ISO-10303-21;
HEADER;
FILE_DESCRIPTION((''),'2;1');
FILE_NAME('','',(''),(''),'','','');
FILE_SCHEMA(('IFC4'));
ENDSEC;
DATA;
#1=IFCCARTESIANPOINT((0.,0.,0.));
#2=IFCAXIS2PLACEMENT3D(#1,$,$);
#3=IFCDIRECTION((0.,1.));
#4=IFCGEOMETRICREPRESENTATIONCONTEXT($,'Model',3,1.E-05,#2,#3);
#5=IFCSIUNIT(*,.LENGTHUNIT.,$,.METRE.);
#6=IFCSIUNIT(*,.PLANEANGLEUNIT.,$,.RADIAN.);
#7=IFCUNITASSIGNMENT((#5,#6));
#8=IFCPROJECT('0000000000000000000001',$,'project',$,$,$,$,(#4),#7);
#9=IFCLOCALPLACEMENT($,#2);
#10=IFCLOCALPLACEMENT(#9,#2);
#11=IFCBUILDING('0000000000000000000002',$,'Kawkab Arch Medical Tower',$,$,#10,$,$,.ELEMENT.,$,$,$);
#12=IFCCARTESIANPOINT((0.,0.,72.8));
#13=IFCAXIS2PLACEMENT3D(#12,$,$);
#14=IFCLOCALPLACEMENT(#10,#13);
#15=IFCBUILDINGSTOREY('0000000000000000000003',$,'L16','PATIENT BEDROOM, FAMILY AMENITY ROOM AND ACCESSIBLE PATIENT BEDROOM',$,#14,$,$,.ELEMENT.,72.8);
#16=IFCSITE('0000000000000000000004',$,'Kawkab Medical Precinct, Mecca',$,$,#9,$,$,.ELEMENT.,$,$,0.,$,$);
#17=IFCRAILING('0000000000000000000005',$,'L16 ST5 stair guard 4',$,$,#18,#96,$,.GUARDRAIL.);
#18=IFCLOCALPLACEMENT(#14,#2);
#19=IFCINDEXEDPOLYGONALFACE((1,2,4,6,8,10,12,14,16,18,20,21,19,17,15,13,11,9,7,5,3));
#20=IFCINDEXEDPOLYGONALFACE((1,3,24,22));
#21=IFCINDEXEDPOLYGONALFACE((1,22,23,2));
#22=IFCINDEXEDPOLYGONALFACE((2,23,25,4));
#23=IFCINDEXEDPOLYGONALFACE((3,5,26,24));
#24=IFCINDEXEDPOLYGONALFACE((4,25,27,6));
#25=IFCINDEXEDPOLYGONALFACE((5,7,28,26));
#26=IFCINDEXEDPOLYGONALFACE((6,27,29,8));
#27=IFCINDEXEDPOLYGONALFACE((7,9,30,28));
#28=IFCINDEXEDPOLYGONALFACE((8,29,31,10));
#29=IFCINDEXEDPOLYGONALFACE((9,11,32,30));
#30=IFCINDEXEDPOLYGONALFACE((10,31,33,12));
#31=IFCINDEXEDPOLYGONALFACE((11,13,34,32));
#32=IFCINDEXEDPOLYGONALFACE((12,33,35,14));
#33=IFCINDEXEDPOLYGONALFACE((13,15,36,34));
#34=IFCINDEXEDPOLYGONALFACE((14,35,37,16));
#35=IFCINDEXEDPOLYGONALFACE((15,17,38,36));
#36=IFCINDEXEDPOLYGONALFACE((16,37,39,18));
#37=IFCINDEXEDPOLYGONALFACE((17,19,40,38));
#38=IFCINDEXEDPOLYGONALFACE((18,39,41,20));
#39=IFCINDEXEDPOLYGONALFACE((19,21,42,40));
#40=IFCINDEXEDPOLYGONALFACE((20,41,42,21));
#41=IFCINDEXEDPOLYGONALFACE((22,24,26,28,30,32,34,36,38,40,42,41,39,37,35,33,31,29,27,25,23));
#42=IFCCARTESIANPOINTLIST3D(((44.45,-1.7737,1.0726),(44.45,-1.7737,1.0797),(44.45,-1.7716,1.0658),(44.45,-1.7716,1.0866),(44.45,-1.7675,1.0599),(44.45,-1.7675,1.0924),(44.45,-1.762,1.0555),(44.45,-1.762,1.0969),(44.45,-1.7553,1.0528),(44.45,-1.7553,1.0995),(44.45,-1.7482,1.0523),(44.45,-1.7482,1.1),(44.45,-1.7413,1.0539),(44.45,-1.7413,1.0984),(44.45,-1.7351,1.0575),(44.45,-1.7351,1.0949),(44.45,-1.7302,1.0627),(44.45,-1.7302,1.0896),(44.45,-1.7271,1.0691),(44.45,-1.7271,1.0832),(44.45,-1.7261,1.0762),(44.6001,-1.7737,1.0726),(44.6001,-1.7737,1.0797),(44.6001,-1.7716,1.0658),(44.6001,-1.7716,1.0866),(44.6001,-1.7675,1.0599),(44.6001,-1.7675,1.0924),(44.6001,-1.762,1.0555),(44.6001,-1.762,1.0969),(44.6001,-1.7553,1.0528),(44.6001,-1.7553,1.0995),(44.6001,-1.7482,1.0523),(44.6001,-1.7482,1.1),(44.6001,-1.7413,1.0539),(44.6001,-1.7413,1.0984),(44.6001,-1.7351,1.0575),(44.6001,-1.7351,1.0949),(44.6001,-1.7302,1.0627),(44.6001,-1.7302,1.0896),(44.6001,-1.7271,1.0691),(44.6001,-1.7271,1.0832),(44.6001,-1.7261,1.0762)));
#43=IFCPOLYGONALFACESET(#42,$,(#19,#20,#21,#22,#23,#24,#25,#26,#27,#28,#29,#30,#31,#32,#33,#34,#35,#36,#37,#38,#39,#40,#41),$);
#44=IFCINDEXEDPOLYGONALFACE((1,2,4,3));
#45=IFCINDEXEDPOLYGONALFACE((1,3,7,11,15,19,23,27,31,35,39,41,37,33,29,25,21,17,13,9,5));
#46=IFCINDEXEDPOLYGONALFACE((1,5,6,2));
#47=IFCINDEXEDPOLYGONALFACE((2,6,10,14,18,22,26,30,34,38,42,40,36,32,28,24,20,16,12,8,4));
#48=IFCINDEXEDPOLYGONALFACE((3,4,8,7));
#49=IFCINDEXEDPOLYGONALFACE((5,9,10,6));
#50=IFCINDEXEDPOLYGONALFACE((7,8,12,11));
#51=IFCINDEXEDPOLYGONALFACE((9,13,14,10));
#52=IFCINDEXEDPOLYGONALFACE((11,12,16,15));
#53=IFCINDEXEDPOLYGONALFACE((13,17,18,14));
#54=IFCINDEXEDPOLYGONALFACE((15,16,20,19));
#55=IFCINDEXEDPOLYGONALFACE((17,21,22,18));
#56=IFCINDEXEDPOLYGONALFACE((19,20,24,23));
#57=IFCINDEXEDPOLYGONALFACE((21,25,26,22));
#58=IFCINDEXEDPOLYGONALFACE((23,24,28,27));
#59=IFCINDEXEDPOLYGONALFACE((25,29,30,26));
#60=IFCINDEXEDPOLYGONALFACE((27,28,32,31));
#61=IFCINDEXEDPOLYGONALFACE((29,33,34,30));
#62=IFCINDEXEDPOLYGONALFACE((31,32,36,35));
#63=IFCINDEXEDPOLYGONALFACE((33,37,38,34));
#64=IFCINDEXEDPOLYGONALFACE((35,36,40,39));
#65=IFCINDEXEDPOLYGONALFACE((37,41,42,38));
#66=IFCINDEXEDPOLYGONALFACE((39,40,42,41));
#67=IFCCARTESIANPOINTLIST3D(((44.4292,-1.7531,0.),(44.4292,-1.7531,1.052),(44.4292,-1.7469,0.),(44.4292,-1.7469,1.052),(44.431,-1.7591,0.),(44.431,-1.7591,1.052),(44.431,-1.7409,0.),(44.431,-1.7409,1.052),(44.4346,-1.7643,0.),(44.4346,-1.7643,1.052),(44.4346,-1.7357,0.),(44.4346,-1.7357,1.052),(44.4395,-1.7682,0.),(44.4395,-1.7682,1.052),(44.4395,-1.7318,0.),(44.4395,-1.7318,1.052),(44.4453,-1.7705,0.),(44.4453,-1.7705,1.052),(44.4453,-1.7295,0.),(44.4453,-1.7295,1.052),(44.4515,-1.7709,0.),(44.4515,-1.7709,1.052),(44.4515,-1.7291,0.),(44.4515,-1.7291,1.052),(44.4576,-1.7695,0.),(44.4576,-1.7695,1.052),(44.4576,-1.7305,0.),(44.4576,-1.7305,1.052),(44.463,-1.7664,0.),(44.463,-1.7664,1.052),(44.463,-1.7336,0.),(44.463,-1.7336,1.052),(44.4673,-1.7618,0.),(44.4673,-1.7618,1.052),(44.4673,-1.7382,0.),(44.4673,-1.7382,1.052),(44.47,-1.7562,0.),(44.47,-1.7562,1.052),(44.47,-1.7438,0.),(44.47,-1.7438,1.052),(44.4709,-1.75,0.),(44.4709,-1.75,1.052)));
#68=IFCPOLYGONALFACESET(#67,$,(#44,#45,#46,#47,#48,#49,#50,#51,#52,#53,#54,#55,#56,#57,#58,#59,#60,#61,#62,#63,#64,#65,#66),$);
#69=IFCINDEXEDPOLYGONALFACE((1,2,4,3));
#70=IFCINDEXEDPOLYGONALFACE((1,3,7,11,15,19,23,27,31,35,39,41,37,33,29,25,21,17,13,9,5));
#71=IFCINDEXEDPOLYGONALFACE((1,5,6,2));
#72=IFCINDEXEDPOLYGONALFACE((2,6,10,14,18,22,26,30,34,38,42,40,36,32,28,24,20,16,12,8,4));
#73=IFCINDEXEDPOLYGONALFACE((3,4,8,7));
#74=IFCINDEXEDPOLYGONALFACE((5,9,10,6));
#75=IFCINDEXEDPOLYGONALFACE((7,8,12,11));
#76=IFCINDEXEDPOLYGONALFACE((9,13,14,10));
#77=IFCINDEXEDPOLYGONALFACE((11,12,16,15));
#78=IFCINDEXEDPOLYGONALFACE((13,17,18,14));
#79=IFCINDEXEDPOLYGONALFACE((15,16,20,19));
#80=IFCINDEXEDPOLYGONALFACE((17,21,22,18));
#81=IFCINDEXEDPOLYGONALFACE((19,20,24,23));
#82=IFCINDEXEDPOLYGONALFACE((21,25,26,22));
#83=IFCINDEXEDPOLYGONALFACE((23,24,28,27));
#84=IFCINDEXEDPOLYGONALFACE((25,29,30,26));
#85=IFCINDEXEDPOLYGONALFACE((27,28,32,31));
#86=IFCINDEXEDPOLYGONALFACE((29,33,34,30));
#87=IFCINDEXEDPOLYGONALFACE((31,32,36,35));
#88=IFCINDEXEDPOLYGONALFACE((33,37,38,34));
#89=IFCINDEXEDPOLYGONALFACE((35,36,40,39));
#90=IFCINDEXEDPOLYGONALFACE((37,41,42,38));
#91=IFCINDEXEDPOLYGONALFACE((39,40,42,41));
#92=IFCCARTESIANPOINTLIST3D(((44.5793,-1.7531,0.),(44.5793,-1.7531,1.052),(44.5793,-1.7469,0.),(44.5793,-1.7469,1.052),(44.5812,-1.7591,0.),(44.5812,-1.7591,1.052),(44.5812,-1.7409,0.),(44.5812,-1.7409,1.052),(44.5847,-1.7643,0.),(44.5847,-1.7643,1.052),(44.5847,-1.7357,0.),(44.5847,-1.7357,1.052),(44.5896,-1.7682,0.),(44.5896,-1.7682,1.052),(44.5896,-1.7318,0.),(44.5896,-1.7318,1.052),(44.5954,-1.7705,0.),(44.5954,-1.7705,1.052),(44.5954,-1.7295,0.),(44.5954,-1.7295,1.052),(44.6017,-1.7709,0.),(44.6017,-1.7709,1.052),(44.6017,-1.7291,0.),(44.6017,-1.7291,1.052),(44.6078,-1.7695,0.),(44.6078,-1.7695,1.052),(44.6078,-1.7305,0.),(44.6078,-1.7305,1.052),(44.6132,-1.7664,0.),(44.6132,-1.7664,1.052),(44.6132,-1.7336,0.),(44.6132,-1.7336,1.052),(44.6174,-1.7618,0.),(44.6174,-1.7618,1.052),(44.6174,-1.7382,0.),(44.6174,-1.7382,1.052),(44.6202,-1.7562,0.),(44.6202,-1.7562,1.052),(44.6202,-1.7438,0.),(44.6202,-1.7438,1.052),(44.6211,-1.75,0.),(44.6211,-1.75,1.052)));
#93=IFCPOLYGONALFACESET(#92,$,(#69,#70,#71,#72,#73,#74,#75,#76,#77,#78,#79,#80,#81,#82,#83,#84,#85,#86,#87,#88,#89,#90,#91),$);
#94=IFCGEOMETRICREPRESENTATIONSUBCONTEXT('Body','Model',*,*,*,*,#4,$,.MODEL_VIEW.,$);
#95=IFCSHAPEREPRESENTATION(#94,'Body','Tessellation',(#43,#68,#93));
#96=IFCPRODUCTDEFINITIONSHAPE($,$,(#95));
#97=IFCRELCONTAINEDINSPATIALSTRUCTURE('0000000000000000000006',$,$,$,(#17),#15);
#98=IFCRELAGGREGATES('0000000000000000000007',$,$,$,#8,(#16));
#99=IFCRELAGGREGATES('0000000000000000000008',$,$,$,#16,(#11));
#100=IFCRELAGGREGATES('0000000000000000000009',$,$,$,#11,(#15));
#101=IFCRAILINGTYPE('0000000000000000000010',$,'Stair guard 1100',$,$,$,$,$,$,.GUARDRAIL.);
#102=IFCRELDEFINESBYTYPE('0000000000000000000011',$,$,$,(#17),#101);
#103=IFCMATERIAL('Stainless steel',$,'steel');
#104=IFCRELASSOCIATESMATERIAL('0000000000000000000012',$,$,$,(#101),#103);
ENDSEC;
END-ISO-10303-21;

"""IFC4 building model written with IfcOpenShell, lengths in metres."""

from ifc_helpers import new_model, si_unit, direction, frame, origin, origin_2d, place, context, subcontext, project, spatial, circle, extrude, material, type_object, element, save


model = new_model("IFC4")

# Units and contexts
model_context = context("Model", 3, precision=1e-05, world=origin(), true_north=direction((0.0, 1.0)))
body_context = subcontext(model_context, "Body", "Model", "MODEL_VIEW")
ifc_project = project(units=[si_unit("LENGTHUNIT", "METRE"), si_unit("PLANEANGLEUNIT", "RADIAN")], contexts=[model_context])

# Site, building, storey
site_placement = place(None, origin())
site = spatial("IfcSite", under=ifc_project, at=site_placement, Name="Kawkab Medical Precinct, Mecca", CompositionType="ELEMENT", RefElevation=0.0)
building_placement = place(site_placement, origin())
building = spatial("IfcBuilding", under=site, at=building_placement, Name="Kawkab Arch Medical Tower", CompositionType="ELEMENT")
storey_placement = place(building_placement, frame((0.0, 0.0, 72.8)))
storey = spatial("IfcBuildingStorey", under=building, at=storey_placement, Name="L16", Description="PATIENT BEDROOM, FAMILY AMENITY ROOM AND ACCESSIBLE PATIENT BEDROOM", CompositionType="ELEMENT", Elevation=72.8)

# Railing
ifc_material_1 = material(Name="Stainless steel", Category="steel")
railing_type_1 = type_object("IfcRailingType", Name="Stair guard 1100", PredefinedType="GUARDRAIL", material=ifc_material_1)
railing_1_placement = place(storey_placement, frame((44.45, -1.75, 0.0)))
element("IfcRailing", 1, at=railing_1_placement, inside=storey, type_object=railing_type_1, Name="L16 ST5 stair guard 4", PredefinedType="GUARDRAIL", context=body_context, shape_type="SweptSolid", body=[
    extrude(circle(Radius=0.0239, at=origin_2d()), frame((0.0, 0.0, 1.0762), z_axis=(1.0, 0.0, 0.0), x_axis=(0.0, 1.0, 0.0)), (0.0, 0.0, 1.0), 0.1501),
    extrude(circle(Radius=0.021, at=origin_2d()), origin(), (0.0, 0.0, 1.0), 1.052),
    extrude(circle(Radius=0.021, at=origin_2d()), frame((0.1501, 0.0, 0.0)), (0.0, 0.0, 1.0), 1.052),
])

save(model, "model.ifc")
